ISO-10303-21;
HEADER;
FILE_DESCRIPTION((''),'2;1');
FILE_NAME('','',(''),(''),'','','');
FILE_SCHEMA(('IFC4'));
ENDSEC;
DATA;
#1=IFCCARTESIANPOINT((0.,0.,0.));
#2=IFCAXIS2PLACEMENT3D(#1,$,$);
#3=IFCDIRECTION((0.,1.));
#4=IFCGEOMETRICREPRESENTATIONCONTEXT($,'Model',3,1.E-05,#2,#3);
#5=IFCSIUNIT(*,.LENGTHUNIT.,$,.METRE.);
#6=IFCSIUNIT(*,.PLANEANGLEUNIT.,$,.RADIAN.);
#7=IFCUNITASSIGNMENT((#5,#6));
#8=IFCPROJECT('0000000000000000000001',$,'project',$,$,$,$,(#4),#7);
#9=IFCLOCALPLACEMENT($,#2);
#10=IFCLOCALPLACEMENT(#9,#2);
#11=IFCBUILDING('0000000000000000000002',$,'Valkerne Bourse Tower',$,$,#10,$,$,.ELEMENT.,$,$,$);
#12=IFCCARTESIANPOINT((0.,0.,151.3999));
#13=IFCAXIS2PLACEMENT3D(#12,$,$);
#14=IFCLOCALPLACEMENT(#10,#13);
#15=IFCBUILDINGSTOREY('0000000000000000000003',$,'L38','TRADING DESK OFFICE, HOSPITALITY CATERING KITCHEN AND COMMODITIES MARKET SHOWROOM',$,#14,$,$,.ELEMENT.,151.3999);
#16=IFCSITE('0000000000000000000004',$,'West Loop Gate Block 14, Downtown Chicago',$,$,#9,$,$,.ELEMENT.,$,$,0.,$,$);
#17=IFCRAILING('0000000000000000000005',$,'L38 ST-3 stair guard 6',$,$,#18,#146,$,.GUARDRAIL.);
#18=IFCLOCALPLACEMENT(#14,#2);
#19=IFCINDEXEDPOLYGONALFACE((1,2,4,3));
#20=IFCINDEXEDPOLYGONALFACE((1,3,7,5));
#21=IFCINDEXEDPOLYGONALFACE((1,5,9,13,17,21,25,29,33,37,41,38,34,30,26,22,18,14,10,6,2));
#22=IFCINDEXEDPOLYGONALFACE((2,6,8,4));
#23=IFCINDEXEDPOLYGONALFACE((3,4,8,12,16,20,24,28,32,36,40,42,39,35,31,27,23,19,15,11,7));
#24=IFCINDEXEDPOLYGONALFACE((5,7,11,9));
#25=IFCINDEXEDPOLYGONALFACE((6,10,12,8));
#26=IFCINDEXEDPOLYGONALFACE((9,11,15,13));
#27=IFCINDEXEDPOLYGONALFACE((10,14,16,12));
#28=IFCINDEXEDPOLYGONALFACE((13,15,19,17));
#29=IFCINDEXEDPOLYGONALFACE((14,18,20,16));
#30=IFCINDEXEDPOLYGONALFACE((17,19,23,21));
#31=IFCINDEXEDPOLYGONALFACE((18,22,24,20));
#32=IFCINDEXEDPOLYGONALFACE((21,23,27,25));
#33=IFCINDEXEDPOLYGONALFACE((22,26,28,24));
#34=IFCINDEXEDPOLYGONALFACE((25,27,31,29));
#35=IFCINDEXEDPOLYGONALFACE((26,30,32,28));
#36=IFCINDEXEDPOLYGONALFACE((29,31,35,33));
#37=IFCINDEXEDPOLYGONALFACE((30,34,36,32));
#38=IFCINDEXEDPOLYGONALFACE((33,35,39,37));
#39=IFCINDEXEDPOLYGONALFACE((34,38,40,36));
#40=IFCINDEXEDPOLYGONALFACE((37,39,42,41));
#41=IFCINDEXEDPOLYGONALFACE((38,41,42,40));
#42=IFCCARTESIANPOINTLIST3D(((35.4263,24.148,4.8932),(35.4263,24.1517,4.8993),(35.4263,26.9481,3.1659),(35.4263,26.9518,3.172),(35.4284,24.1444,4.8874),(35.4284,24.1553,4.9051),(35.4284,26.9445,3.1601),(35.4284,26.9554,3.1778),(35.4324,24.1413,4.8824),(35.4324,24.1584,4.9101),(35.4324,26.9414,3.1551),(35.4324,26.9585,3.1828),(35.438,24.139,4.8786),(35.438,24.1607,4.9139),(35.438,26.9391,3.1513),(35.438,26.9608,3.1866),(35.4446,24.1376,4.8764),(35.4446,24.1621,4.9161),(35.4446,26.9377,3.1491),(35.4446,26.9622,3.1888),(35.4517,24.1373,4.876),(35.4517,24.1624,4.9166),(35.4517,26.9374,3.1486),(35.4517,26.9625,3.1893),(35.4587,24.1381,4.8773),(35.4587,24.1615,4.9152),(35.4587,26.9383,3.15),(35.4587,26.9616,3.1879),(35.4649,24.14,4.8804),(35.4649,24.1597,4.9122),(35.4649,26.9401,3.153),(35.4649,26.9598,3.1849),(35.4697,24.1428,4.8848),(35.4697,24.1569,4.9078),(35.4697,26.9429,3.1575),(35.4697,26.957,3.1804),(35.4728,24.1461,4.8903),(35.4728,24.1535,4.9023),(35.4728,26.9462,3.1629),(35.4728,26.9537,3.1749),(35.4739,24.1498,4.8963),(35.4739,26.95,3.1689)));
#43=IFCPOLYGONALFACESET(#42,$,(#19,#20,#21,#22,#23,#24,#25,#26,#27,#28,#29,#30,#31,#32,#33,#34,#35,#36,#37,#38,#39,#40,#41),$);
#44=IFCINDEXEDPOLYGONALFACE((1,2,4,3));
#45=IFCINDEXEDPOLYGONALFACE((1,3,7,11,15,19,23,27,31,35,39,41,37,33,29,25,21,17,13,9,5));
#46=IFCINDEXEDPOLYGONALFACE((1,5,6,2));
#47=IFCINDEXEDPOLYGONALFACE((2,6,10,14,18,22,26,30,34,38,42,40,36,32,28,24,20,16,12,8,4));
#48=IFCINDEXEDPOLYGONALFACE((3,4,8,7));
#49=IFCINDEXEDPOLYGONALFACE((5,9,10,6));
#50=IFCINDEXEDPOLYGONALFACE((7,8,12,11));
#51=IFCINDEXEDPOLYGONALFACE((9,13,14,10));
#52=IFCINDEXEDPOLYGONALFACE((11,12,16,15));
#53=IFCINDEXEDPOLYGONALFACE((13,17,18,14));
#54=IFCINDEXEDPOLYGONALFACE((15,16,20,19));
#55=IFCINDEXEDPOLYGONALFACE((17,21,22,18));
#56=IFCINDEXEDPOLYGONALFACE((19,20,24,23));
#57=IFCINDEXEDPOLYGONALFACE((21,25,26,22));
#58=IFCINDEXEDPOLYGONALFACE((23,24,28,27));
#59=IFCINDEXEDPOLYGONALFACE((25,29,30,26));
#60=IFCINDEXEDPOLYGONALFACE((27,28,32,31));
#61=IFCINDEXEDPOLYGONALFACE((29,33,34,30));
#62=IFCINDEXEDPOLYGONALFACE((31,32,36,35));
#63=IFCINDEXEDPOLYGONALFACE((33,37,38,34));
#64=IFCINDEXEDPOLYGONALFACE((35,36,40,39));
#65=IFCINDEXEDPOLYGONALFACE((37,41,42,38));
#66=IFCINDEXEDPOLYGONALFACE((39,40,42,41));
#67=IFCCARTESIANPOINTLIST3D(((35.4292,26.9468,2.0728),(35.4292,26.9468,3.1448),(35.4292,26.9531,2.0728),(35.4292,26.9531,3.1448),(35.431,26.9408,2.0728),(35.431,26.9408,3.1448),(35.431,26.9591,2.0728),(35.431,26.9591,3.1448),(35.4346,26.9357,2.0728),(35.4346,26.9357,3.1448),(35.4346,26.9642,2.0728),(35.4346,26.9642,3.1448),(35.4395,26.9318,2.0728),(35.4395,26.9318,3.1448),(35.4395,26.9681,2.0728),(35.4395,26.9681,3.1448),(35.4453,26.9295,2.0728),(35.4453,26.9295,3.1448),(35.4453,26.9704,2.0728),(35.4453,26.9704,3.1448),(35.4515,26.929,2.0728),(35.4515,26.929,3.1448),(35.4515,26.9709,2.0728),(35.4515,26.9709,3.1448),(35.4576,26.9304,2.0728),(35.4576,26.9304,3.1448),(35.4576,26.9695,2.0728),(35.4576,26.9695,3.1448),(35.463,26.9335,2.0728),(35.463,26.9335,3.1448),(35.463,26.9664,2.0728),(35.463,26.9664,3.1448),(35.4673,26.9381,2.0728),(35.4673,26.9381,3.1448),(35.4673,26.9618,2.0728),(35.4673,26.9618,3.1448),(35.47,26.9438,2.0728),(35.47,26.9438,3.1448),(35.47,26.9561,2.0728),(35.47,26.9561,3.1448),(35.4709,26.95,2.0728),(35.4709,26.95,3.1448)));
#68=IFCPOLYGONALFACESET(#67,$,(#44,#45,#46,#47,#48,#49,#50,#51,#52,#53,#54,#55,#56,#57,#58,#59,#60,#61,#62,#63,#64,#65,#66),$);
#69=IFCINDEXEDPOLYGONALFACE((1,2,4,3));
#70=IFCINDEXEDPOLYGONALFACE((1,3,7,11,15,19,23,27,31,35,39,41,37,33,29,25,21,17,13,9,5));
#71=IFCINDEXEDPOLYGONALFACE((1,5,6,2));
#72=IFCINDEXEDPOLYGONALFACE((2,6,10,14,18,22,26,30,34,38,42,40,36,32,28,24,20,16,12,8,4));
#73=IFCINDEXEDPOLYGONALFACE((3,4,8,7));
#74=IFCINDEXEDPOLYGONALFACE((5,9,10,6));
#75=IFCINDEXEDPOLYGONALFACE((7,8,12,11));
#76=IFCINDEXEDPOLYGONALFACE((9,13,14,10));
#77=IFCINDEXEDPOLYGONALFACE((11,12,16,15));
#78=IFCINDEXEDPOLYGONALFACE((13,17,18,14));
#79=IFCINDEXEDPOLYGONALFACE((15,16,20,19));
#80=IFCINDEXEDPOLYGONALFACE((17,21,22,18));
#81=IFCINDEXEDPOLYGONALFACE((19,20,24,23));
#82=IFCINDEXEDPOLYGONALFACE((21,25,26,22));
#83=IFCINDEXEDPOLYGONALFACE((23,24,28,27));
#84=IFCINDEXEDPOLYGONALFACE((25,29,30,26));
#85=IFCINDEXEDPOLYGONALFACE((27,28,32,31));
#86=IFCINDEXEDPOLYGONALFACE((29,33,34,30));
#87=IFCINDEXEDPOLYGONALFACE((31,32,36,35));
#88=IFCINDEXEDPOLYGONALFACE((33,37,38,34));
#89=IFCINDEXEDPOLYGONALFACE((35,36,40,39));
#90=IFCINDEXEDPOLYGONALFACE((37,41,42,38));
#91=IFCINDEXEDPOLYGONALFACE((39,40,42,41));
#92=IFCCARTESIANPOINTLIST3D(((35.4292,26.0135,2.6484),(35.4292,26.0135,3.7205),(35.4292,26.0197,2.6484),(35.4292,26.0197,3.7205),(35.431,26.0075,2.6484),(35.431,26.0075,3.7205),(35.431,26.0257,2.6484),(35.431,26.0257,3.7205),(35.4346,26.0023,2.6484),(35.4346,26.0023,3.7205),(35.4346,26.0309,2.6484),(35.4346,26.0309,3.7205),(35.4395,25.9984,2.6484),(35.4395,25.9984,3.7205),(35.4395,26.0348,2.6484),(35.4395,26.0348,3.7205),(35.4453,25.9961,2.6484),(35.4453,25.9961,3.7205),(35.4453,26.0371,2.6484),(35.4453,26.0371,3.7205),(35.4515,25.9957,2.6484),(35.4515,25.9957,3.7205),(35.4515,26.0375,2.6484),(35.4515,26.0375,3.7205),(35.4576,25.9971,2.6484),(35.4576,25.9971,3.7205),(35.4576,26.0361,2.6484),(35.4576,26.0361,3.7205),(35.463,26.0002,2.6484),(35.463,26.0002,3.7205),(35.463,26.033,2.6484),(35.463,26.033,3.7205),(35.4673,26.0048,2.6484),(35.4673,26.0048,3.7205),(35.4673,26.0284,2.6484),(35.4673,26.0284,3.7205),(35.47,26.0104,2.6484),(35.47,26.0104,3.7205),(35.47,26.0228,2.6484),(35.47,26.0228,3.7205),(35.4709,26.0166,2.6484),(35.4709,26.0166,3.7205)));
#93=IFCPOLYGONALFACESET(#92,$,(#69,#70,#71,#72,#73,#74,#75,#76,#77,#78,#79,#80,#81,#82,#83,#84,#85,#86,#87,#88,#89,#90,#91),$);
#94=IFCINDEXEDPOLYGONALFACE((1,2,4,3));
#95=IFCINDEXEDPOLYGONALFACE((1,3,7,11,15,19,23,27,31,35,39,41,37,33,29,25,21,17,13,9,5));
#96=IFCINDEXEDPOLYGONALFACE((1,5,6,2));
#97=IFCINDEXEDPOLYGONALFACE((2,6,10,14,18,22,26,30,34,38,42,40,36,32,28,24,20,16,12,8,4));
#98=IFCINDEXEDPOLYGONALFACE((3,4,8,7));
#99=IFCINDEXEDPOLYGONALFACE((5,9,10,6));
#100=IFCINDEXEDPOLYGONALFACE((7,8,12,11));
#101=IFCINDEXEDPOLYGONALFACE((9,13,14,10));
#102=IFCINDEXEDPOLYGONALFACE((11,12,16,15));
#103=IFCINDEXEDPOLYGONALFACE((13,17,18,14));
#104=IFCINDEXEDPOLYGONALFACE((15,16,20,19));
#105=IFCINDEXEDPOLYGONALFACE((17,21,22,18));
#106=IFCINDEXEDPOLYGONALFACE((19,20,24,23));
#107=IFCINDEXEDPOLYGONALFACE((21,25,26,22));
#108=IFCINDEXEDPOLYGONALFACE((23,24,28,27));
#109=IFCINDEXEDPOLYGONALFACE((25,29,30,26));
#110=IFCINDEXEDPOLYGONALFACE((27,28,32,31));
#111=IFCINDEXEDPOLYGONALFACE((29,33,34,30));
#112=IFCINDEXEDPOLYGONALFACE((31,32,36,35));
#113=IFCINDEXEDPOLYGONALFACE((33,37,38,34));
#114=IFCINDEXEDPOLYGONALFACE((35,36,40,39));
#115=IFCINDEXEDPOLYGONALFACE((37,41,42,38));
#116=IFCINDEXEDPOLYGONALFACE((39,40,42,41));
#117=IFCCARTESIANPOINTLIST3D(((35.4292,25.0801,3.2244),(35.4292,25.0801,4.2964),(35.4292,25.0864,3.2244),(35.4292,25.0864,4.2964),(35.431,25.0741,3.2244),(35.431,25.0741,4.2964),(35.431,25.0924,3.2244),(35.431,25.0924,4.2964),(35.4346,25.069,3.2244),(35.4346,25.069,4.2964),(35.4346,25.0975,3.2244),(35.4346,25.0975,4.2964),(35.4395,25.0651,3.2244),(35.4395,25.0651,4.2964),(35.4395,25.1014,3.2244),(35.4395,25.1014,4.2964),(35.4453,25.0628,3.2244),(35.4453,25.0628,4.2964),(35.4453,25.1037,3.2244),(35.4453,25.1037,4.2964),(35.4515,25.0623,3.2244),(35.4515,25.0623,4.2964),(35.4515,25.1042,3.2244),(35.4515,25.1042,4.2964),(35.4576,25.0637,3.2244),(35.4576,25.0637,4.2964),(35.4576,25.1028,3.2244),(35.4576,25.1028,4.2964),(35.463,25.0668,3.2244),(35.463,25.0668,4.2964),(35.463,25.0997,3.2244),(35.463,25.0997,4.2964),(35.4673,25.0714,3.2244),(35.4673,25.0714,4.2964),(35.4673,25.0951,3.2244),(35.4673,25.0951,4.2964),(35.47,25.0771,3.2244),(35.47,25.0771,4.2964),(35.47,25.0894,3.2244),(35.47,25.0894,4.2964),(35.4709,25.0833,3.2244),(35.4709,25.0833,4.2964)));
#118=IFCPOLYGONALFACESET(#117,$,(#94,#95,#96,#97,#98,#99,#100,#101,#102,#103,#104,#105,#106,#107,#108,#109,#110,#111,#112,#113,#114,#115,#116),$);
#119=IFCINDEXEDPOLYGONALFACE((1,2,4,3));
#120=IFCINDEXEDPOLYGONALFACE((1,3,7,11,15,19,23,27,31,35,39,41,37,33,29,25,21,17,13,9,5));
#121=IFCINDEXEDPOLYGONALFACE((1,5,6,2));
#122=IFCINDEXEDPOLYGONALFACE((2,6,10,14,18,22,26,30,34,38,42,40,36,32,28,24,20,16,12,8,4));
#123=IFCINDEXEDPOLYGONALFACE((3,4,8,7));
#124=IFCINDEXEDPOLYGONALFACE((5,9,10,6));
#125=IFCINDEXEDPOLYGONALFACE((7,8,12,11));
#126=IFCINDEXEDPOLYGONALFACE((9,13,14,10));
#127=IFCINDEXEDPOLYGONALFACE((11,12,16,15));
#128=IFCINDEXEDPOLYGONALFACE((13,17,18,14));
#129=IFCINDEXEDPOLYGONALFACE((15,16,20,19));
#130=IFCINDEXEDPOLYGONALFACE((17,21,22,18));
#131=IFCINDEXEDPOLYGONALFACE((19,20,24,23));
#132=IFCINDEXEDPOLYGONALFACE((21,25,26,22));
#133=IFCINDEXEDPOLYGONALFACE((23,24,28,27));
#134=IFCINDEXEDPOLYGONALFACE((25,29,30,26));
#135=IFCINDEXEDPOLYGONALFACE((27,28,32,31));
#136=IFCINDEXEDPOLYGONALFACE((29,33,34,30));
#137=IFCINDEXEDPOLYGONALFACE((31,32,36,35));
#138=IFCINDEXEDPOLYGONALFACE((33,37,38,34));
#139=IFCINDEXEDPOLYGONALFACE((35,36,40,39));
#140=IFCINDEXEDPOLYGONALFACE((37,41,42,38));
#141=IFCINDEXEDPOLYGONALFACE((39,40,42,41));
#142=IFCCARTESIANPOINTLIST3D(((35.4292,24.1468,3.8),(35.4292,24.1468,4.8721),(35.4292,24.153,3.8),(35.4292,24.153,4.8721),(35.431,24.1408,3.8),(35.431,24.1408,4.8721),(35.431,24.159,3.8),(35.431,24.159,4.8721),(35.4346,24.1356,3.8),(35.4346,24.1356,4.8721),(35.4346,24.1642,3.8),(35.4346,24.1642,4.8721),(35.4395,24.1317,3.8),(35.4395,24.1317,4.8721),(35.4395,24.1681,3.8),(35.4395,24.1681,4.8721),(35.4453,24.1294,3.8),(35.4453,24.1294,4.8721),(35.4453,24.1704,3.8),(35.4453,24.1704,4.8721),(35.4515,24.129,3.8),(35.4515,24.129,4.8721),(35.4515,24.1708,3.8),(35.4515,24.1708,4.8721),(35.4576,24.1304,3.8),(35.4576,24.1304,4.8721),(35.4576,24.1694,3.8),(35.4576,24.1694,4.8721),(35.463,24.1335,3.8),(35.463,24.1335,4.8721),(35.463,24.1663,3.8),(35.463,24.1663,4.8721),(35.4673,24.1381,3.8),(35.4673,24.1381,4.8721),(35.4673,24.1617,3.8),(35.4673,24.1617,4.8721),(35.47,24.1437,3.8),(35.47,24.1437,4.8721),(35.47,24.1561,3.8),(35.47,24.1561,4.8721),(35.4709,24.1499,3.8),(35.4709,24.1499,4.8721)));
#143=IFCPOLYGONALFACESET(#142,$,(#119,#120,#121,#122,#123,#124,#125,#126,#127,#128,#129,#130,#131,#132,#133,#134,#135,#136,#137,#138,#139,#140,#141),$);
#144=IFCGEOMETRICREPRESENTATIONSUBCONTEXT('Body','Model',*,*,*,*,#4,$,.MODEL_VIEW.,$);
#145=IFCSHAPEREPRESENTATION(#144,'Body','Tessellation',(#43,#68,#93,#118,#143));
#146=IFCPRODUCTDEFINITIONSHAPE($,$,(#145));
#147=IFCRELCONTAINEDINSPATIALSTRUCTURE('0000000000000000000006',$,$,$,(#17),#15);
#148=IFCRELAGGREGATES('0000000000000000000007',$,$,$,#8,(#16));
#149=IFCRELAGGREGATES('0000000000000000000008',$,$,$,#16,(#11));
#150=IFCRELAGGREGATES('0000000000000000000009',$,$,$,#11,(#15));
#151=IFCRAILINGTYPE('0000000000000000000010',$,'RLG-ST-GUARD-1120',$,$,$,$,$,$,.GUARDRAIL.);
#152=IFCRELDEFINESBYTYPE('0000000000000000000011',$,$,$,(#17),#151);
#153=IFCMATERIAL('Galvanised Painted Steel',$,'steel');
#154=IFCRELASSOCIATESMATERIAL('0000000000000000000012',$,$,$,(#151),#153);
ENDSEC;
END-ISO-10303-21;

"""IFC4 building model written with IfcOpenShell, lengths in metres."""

from ifc_helpers import new_model, si_unit, direction, frame, origin, origin_2d, place, context, subcontext, project, spatial, circle, extrude, material, type_object, element, save


model = new_model("IFC4")

# Units and contexts
model_context = context("Model", 3, precision=1e-05, world=origin(), true_north=direction((0.0, 1.0)))
body_context = subcontext(model_context, "Body", "Model", "MODEL_VIEW")
ifc_project = project(units=[si_unit("LENGTHUNIT", "METRE"), si_unit("PLANEANGLEUNIT", "RADIAN")], contexts=[model_context])

# Site, building, storey
site_placement = place(None, origin())
site = spatial("IfcSite", under=ifc_project, at=site_placement, Name="West Loop Gate Block 14, Downtown Chicago", CompositionType="ELEMENT", RefElevation=0.0)
building_placement = place(site_placement, origin())
building = spatial("IfcBuilding", under=site, at=building_placement, Name="Valkerne Bourse Tower", CompositionType="ELEMENT")
storey_placement = place(building_placement, frame((0.0, 0.0, 151.3999)))
storey = spatial("IfcBuildingStorey", under=building, at=storey_placement, Name="L38", Description="TRADING DESK OFFICE, HOSPITALITY CATERING KITCHEN AND COMMODITIES MARKET SHOWROOM", CompositionType="ELEMENT", Elevation=151.3999)

# Railing
ifc_material_1 = material(Name="Galvanised Painted Steel", Category="steel")
railing_type_1 = type_object("IfcRailingType", Name="RLG-ST-GUARD-1120", PredefinedType="GUARDRAIL", material=ifc_material_1)
railing_1_placement = place(storey_placement, frame((35.45, 26.95, 2.0728)))
element("IfcRailing", 1, at=railing_1_placement, inside=storey, type_object=railing_type_1, Name="L38 ST-3 stair guard 6", PredefinedType="GUARDRAIL", context=body_context, shape_type="SweptSolid", body=[
    extrude(circle(Radius=0.0239, at=origin_2d()), frame((0.0, 0.0, 1.0962), z_axis=(0.0, -0.85109, 0.52502), x_axis=(1.0, 0.0, 0.0)), (0.0, 0.0, 1.0), 3.29),
    extrude(circle(Radius=0.021, at=origin_2d()), origin(), (0.0, 0.0, 1.0), 1.072),
    extrude(circle(Radius=0.021, at=origin_2d()), frame((0.0, -0.9333, 0.5757)), (0.0, 0.0, 1.0), 1.072),
    extrude(circle(Radius=0.021, at=origin_2d()), frame((0.0, -1.8667, 1.1516)), (0.0, 0.0, 1.0), 1.072),
    extrude(circle(Radius=0.021, at=origin_2d()), frame((0.0, -2.8, 1.7273)), (0.0, 0.0, 1.0), 1.072),
])

save(model, "model.ifc")
